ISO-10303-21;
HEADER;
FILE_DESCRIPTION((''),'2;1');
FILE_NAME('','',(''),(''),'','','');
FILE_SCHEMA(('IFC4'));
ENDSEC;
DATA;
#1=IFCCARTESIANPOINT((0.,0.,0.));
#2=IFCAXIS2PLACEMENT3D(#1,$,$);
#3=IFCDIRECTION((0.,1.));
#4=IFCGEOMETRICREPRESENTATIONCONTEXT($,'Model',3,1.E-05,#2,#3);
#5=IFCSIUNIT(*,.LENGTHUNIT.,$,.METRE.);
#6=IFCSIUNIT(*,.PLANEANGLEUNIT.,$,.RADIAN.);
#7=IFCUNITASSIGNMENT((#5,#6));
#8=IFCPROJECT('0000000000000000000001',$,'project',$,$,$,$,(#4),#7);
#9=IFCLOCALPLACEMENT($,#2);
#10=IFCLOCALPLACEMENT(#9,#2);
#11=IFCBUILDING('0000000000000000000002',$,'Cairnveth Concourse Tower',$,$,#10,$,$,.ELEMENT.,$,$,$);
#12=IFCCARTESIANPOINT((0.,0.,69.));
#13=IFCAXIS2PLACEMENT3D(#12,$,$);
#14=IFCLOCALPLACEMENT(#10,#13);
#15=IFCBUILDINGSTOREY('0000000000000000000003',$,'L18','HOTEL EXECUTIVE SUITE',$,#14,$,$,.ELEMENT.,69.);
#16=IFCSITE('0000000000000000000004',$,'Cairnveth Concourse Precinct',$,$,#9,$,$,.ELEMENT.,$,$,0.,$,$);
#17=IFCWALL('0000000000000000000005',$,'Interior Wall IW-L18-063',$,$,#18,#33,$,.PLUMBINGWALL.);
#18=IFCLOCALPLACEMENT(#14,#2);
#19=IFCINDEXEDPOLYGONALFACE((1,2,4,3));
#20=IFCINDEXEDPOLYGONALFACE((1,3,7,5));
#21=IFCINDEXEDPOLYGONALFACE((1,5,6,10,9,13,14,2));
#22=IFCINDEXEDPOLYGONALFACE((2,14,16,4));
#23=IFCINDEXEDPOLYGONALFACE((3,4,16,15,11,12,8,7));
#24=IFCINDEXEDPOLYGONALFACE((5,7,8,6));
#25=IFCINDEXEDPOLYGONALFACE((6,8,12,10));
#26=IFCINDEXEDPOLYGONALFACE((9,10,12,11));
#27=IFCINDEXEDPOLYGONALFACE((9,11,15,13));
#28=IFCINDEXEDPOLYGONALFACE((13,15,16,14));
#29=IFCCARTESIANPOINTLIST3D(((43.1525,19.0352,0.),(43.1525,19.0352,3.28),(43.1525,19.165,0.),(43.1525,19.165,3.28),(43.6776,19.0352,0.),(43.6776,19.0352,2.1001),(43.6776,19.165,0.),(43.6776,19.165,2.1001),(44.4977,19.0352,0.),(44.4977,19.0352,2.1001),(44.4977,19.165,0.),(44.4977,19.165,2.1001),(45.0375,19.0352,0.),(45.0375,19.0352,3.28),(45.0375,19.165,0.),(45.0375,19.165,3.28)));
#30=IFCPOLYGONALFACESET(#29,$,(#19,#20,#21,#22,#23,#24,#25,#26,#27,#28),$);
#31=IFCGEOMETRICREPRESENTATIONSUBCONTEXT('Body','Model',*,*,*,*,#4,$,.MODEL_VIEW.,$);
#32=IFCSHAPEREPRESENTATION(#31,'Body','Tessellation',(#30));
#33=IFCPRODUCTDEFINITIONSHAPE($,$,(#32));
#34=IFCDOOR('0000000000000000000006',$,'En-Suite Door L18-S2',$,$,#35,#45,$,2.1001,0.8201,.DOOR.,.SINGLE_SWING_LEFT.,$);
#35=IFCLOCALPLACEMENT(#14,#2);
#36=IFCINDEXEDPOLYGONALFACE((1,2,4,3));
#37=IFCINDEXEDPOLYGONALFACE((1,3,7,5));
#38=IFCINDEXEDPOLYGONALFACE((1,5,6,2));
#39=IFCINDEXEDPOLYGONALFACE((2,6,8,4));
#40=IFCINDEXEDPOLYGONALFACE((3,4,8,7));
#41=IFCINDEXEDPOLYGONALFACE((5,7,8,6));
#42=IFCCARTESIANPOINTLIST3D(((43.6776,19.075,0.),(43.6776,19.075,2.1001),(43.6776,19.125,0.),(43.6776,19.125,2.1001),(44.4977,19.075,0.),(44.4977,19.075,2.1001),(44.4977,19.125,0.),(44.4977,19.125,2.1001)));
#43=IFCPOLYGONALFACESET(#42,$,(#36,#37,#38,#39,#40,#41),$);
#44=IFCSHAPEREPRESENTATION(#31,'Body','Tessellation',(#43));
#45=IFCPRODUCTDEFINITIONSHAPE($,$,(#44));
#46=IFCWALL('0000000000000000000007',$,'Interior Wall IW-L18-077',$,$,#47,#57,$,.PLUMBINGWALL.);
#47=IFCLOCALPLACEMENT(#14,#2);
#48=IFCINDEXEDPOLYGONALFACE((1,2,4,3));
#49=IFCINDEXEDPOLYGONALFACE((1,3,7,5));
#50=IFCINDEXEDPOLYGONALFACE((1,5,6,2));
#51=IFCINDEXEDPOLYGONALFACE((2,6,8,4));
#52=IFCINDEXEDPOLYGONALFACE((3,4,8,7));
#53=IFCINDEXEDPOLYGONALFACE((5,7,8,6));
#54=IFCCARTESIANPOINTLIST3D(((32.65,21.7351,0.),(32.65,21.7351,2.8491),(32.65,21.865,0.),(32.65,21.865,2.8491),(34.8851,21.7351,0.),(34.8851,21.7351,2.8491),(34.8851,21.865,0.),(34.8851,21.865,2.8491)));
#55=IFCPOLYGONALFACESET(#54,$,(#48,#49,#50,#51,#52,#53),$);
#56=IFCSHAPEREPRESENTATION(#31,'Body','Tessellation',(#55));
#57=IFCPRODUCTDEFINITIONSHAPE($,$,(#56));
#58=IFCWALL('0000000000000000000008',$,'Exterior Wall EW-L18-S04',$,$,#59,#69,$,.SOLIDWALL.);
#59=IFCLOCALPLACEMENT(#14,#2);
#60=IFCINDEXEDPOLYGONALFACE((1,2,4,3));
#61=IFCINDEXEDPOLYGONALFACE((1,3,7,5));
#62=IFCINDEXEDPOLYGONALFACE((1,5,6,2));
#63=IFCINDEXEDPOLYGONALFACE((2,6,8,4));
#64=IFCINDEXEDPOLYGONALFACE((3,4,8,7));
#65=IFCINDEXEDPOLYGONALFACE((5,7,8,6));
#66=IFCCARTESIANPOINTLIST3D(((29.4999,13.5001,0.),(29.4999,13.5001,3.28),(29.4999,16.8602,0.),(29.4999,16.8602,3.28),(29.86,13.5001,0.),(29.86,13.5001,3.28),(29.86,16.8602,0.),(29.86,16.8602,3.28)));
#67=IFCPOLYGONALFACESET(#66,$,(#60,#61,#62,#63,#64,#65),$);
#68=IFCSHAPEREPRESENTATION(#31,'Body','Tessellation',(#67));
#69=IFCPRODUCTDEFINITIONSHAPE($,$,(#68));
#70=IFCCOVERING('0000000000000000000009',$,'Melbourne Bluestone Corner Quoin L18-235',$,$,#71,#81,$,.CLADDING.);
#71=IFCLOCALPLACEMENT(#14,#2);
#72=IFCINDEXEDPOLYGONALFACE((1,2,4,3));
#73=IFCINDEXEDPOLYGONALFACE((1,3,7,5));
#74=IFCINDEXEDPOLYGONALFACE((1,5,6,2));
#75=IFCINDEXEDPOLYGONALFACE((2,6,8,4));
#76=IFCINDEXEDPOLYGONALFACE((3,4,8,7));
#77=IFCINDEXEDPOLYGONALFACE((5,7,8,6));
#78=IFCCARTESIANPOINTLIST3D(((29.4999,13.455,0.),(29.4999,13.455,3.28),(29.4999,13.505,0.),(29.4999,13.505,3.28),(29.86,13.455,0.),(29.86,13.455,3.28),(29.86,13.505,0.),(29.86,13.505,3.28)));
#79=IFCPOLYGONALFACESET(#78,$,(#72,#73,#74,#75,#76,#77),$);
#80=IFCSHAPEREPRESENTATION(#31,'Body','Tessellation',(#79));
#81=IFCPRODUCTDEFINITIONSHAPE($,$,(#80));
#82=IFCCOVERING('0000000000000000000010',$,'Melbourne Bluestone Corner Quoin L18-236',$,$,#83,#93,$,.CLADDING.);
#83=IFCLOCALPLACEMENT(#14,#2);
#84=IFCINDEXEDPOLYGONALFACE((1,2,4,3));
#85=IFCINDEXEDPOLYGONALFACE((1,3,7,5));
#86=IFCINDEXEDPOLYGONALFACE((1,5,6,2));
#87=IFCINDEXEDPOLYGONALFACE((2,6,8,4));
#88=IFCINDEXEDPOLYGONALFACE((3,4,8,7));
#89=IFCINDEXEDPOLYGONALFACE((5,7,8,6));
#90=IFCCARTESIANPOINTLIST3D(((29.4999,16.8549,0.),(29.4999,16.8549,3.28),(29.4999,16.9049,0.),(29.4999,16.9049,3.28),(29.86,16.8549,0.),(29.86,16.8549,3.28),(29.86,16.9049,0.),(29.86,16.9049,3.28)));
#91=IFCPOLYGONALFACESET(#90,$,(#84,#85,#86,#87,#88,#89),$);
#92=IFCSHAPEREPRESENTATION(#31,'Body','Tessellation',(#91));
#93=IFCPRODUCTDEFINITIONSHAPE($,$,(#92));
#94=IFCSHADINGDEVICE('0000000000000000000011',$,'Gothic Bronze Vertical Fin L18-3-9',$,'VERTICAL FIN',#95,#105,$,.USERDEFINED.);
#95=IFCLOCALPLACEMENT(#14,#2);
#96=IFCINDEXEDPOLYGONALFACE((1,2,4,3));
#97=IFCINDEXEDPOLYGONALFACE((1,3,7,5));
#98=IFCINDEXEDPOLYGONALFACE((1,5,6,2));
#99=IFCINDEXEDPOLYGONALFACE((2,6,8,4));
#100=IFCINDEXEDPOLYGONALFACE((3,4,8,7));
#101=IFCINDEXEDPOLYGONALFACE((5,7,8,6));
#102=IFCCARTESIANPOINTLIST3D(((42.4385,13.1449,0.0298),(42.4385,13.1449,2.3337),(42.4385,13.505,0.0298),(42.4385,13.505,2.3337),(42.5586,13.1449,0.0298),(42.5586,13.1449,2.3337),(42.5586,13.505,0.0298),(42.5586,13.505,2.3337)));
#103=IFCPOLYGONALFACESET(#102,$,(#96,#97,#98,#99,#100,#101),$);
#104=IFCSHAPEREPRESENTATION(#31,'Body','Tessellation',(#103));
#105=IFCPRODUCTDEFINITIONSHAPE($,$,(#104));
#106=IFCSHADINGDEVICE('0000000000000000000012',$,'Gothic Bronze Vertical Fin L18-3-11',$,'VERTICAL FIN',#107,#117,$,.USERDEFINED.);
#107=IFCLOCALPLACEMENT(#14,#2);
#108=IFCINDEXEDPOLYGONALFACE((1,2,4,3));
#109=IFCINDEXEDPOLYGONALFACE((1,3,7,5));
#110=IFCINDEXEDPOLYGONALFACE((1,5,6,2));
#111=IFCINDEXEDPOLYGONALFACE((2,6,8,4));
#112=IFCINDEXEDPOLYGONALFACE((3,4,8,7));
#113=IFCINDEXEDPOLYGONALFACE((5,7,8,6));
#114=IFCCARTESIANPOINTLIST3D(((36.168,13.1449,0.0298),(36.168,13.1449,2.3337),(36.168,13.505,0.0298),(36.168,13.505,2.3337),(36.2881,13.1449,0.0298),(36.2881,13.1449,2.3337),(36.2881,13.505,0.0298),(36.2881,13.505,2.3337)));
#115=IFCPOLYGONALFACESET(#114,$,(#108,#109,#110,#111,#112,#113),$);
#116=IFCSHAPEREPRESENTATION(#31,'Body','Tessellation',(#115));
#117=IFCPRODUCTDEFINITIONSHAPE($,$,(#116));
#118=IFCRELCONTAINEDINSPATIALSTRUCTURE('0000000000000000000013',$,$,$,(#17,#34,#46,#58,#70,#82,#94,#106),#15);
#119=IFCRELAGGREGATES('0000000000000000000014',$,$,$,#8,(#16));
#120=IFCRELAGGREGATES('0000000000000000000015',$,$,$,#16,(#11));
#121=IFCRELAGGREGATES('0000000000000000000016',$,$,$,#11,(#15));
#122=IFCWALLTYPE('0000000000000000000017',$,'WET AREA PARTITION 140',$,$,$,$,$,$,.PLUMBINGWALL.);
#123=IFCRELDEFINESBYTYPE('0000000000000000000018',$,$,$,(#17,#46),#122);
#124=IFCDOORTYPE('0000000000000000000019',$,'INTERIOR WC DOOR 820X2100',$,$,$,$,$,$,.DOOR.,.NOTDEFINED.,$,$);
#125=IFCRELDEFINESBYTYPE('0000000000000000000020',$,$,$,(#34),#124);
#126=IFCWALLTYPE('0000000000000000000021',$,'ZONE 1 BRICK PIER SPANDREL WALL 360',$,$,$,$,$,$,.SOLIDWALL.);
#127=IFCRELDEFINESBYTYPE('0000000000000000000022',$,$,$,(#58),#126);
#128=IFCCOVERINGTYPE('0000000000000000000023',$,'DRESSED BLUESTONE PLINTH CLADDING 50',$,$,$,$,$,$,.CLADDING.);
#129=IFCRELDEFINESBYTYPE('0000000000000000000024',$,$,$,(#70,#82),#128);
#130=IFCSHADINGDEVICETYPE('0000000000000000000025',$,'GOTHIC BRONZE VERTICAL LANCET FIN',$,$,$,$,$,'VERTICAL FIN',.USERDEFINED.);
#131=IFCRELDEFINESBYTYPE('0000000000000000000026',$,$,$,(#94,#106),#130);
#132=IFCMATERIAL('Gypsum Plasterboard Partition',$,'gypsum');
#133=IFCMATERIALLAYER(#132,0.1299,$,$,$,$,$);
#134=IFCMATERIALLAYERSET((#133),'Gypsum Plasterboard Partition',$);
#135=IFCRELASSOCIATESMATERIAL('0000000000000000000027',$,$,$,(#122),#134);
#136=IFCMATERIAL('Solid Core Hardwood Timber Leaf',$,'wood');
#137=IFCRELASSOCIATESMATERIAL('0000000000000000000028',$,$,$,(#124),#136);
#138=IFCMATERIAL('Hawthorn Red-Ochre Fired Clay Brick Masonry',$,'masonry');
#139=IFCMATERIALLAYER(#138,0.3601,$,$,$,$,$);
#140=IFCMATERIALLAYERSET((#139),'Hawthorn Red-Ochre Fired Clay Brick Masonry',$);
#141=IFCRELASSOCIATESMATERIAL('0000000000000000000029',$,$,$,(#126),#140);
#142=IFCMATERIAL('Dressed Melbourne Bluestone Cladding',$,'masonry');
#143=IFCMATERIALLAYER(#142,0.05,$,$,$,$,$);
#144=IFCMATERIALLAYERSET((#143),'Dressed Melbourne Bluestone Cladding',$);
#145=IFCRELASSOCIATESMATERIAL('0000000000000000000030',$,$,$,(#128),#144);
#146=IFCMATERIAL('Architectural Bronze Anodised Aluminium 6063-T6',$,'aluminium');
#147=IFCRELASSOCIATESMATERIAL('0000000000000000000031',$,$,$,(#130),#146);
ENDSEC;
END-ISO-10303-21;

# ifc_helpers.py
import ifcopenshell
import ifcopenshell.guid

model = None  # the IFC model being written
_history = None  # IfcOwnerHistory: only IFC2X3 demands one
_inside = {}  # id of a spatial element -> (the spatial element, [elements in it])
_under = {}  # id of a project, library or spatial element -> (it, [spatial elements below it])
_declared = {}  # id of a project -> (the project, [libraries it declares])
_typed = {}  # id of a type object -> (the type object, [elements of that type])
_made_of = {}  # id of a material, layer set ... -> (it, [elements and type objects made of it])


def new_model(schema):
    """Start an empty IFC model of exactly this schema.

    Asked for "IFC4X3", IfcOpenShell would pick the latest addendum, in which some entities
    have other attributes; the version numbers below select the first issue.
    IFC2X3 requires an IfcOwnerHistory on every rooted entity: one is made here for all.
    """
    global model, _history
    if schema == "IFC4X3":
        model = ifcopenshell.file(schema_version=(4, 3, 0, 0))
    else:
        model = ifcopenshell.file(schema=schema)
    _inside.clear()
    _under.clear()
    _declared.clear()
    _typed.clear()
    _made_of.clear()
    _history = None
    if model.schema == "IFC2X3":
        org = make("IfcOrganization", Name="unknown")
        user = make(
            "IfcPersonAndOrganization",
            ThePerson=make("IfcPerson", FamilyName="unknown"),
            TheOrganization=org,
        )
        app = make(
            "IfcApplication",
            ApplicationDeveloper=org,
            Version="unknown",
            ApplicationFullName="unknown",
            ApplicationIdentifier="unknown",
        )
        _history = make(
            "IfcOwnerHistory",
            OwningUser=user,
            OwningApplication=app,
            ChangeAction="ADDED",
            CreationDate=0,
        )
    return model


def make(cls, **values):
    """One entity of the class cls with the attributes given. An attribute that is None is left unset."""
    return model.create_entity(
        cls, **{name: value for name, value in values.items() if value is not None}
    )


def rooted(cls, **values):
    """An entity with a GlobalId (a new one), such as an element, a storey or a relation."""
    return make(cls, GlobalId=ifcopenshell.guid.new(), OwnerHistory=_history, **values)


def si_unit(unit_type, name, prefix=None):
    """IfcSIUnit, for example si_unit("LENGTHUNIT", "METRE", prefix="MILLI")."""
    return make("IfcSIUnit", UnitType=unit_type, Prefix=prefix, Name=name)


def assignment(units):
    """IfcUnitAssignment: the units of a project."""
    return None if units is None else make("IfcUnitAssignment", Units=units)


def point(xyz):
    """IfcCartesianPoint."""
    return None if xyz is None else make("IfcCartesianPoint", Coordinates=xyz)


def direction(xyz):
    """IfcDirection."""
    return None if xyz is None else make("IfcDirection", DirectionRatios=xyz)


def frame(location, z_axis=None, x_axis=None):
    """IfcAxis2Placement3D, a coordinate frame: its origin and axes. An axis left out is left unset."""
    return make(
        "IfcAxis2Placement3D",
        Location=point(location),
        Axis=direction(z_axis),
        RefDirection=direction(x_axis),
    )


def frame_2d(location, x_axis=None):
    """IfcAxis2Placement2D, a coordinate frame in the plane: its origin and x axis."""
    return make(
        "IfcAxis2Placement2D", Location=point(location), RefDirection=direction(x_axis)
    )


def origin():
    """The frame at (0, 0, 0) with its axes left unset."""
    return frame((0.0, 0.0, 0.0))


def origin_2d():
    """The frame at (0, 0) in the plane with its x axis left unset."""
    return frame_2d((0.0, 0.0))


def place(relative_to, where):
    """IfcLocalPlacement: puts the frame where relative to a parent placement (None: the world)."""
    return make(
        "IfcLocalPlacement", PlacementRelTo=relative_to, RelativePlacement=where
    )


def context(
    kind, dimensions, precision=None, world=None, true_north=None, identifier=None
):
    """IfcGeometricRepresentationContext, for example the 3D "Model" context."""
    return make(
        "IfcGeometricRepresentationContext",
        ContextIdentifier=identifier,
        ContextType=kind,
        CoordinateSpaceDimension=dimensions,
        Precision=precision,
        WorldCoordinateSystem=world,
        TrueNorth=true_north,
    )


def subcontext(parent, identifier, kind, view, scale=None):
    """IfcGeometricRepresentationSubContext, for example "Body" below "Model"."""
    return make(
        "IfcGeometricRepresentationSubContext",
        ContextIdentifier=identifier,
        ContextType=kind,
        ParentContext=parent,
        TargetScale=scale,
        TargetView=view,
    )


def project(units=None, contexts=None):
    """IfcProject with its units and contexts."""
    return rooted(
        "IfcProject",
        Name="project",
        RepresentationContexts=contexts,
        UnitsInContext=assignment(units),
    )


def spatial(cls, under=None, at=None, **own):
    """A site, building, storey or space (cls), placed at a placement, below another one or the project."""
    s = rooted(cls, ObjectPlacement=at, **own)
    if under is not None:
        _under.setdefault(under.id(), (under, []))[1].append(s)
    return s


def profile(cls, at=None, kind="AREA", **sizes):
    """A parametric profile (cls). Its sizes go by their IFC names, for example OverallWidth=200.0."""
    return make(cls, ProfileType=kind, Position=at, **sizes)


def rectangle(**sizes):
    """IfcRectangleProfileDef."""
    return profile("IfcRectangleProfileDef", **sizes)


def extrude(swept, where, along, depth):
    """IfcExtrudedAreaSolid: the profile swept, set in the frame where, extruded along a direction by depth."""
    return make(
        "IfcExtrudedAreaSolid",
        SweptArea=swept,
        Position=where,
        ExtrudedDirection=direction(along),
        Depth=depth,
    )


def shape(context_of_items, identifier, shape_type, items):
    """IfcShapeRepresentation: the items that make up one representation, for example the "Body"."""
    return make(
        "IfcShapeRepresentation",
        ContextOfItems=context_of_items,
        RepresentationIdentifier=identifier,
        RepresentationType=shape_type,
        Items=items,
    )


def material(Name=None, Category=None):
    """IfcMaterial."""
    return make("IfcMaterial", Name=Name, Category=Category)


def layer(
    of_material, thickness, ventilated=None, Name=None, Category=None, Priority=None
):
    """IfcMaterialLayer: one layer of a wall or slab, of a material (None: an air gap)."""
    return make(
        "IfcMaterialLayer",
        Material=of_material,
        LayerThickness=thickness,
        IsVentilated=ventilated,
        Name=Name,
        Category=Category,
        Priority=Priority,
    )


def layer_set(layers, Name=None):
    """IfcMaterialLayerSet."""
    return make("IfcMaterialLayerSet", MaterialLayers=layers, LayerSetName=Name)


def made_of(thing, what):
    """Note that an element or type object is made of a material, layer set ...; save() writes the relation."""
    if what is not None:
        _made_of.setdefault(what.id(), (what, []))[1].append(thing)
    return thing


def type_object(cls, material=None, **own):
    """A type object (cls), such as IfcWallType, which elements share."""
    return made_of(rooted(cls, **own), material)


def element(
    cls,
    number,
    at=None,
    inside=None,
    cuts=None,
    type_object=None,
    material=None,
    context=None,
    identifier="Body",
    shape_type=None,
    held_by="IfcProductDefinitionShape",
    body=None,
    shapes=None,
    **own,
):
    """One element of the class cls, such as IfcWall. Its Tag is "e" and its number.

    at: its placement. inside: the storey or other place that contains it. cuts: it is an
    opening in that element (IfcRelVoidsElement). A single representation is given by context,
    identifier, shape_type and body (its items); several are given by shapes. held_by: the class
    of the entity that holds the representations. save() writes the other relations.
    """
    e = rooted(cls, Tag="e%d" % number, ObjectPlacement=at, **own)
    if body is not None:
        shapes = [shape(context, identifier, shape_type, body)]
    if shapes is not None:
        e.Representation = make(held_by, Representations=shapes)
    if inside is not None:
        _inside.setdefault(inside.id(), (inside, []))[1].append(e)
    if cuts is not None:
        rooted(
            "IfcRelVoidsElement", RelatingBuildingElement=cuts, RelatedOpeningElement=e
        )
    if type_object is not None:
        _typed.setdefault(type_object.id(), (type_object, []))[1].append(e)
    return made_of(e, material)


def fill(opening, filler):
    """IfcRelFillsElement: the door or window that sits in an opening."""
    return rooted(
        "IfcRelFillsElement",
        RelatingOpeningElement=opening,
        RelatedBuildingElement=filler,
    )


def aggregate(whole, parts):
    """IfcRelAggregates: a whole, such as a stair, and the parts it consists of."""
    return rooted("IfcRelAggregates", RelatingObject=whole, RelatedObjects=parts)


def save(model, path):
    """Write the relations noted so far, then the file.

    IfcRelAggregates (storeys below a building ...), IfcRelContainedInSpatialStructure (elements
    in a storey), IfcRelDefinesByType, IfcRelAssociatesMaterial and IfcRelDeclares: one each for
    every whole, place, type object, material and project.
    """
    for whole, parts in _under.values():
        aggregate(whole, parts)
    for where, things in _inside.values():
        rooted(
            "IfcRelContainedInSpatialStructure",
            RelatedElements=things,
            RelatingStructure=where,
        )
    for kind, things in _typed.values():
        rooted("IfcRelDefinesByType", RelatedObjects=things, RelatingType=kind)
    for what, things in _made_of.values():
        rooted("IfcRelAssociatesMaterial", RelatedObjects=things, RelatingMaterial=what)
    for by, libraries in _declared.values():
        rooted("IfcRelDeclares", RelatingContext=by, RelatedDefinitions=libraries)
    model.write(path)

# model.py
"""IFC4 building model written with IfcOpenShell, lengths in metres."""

from ifc_helpers import new_model, si_unit, direction, frame, frame_2d, origin, origin_2d, place, context, subcontext, project, spatial, rectangle, extrude, material, layer, layer_set, type_object, element, fill, save


model = new_model("IFC4")

# Units and contexts
model_context = context("Model", 3, precision=1e-05, world=origin(), true_north=direction((0.0, 1.0)))
body_context = subcontext(model_context, "Body", "Model", "MODEL_VIEW")
ifc_project = project(units=[si_unit("LENGTHUNIT", "METRE"), si_unit("PLANEANGLEUNIT", "RADIAN")], contexts=[model_context])

# Site, building, storey
site_placement = place(None, origin())
site = spatial("IfcSite", under=ifc_project, at=site_placement, Name="Cairnveth Concourse Precinct", CompositionType="ELEMENT", RefElevation=0.0)
building_placement = place(site_placement, origin())
building = spatial("IfcBuilding", under=site, at=building_placement, Name="Cairnveth Concourse Tower", CompositionType="ELEMENT")
storey_placement = place(building_placement, frame((0.0, 0.0, 69.0)))
storey = spatial("IfcBuildingStorey", under=building, at=storey_placement, Name="L18", Description="HOTEL EXECUTIVE SUITE", CompositionType="ELEMENT", Elevation=69.0)

# Shared definitions
ifc_material_1 = material(Name="Gypsum Plasterboard Partition", Category="gypsum")
ifc_material_2 = material(Name="Solid Core Hardwood Timber Leaf", Category="wood")

# Shared definitions
ifc_layer_1 = layer(ifc_material_1, 0.1299)
ifc_layer_set_1 = layer_set([ifc_layer_1], Name="Gypsum Plasterboard Partition")
wall_type_1 = type_object("IfcWallType", Name="WET AREA PARTITION 140", PredefinedType="PLUMBINGWALL", material=ifc_layer_set_1)

# Wall, opening, door
wall_1_placement = place(storey_placement, frame((43.1526, 19.1001, 0.0), z_axis=(0.0, 0.0, 1.0), x_axis=(1.0, 0.0, 0.0)))
wall_1 = element("IfcWall", 1, at=wall_1_placement, inside=storey, type_object=wall_type_1, Name="Interior Wall IW-L18-063", PredefinedType="PLUMBINGWALL", context=body_context, shape_type="SweptSolid", body=[
    extrude(rectangle(XDim=1.885, YDim=0.1299, at=frame_2d((0.9424, 0.0))), origin(), (0.0, 0.0, 1.0), 3.28),
])
opening_1_placement = place(wall_1_placement, frame((0.5249, 0.0, 0.0)))
opening_1 = element("IfcOpeningElement", 2, at=opening_1_placement, cuts=wall_1, PredefinedType="OPENING", context=body_context, shape_type="SweptSolid", body=[
    extrude(rectangle(XDim=0.8201, YDim=2.1001, at=frame_2d((0.4102, 1.05))), frame((0.0, 0.075, 0.0), z_axis=(0.0, -1.0, 0.0), x_axis=(1.0, 0.0, 0.0)), (0.0, 0.0, 1.0), 0.1499),
])
door_type_1 = type_object("IfcDoorType", Name="INTERIOR WC DOOR 820X2100", OperationType="NOTDEFINED", PredefinedType="DOOR", material=ifc_material_2)
door_1_placement = place(opening_1_placement, origin())
door_1 = element("IfcDoor", 3, at=door_1_placement, inside=storey, type_object=door_type_1, Name="En-Suite Door L18-S2", OperationType="SINGLE_SWING_LEFT", OverallHeight=2.1001, OverallWidth=0.8201, PredefinedType="DOOR", context=body_context, shape_type="SweptSolid", body=[
    extrude(rectangle(XDim=0.8201, YDim=2.1001, at=frame_2d((0.4102, 1.05))), frame((0.0, 0.0249, 0.0), z_axis=(0.0, -1.0, 0.0), x_axis=(1.0, 0.0, 0.0)), (0.0, 0.0, 1.0), 0.05),
])
fill(opening_1, door_1)

# Walls
wall_2_placement = place(storey_placement, frame((32.6499, 21.8, 0.0), z_axis=(0.0, 0.0, 1.0), x_axis=(1.0, 0.0, 0.0)))
element("IfcWall", 4, at=wall_2_placement, inside=storey, type_object=wall_type_1, Name="Interior Wall IW-L18-077", PredefinedType="PLUMBINGWALL", context=body_context, shape_type="SweptSolid", body=[
    extrude(rectangle(XDim=2.2351, YDim=0.1299, at=frame_2d((1.1177, 0.0))), origin(), (0.0, 0.0, 1.0), 2.8491),
])
ifc_material_3 = material(Name="Hawthorn Red-Ochre Fired Clay Brick Masonry", Category="masonry")
ifc_layer_2 = layer(ifc_material_3, 0.3601)
ifc_layer_set_2 = layer_set([ifc_layer_2], Name="Hawthorn Red-Ochre Fired Clay Brick Masonry")
wall_type_2 = type_object("IfcWallType", Name="ZONE 1 BRICK PIER SPANDREL WALL 360", PredefinedType="SOLIDWALL", material=ifc_layer_set_2)
wall_3_placement = place(storey_placement, frame((29.6799, 13.5, 0.0), z_axis=(0.0, 0.0, 1.0), x_axis=(0.0, 1.0, 0.0)))
element("IfcWall", 5, at=wall_3_placement, inside=storey, type_object=wall_type_2, Name="Exterior Wall EW-L18-S04", PredefinedType="SOLIDWALL", context=body_context, shape_type="SweptSolid", body=[
    extrude(rectangle(XDim=3.3601, YDim=0.3601, at=frame_2d((1.6802, 0.0))), origin(), (0.0, 0.0, 1.0), 3.28),
])

# Coverings
ifc_material_4 = material(Name="Dressed Melbourne Bluestone Cladding", Category="masonry")
ifc_layer_3 = layer(ifc_material_4, 0.05)
ifc_layer_set_3 = layer_set([ifc_layer_3], Name="Dressed Melbourne Bluestone Cladding")
covering_type = type_object("IfcCoveringType", Name="DRESSED BLUESTONE PLINTH CLADDING 50", PredefinedType="CLADDING", material=ifc_layer_set_3)
for number, where, z_axis, x_axis, name in (
    (6, (29.8601, 13.48, 0.0), (0.0, 0.0, 1.0), (-1.0, 0.0, 0.0), "Melbourne Bluestone Corner Quoin L18-235"),
    (7, (29.8601, 16.8799, 0.0), (0.0, 0.0, 1.0), (-1.0, 0.0, 0.0), "Melbourne Bluestone Corner Quoin L18-236"),
):
    element("IfcCovering", number, at=place(storey_placement, frame(where, z_axis=z_axis, x_axis=x_axis)), inside=storey, type_object=covering_type, Name=name, PredefinedType="CLADDING", context=body_context, shape_type="SweptSolid", body=[
        extrude(rectangle(XDim=0.3601, YDim=0.05, at=frame_2d((0.1802, 0.0))), origin(), (0.0, 0.0, 1.0), 3.28),
    ])

# Shading devices
ifc_material_5 = material(Name="Architectural Bronze Anodised Aluminium 6063-T6", Category="aluminium")
shading_device_type = type_object("IfcShadingDeviceType", Name="GOTHIC BRONZE VERTICAL LANCET FIN", ElementType="VERTICAL FIN", PredefinedType="USERDEFINED", material=ifc_material_5)
for number, where, z_axis, x_axis, name in (
    (8, (42.4985, 13.325, 0.0298), (0.0, 0.0, 1.0), (1.0, 0.0, 0.0), "Gothic Bronze Vertical Fin L18-3-9"),
    (9, (36.228, 13.325, 0.0298), (0.0, 0.0, 1.0), (1.0, 0.0, 0.0), "Gothic Bronze Vertical Fin L18-3-11"),
):
    element("IfcShadingDevice", number, at=place(storey_placement, frame(where, z_axis=z_axis, x_axis=x_axis)), inside=storey, type_object=shading_device_type, Name=name, ObjectType="VERTICAL FIN", PredefinedType="USERDEFINED", context=body_context, shape_type="SweptSolid", body=[
        extrude(rectangle(XDim=0.1201, YDim=0.3601, at=origin_2d()), origin(), (0.0, 0.0, 1.0), 2.304),
    ])

save(model, "model.ifc")
